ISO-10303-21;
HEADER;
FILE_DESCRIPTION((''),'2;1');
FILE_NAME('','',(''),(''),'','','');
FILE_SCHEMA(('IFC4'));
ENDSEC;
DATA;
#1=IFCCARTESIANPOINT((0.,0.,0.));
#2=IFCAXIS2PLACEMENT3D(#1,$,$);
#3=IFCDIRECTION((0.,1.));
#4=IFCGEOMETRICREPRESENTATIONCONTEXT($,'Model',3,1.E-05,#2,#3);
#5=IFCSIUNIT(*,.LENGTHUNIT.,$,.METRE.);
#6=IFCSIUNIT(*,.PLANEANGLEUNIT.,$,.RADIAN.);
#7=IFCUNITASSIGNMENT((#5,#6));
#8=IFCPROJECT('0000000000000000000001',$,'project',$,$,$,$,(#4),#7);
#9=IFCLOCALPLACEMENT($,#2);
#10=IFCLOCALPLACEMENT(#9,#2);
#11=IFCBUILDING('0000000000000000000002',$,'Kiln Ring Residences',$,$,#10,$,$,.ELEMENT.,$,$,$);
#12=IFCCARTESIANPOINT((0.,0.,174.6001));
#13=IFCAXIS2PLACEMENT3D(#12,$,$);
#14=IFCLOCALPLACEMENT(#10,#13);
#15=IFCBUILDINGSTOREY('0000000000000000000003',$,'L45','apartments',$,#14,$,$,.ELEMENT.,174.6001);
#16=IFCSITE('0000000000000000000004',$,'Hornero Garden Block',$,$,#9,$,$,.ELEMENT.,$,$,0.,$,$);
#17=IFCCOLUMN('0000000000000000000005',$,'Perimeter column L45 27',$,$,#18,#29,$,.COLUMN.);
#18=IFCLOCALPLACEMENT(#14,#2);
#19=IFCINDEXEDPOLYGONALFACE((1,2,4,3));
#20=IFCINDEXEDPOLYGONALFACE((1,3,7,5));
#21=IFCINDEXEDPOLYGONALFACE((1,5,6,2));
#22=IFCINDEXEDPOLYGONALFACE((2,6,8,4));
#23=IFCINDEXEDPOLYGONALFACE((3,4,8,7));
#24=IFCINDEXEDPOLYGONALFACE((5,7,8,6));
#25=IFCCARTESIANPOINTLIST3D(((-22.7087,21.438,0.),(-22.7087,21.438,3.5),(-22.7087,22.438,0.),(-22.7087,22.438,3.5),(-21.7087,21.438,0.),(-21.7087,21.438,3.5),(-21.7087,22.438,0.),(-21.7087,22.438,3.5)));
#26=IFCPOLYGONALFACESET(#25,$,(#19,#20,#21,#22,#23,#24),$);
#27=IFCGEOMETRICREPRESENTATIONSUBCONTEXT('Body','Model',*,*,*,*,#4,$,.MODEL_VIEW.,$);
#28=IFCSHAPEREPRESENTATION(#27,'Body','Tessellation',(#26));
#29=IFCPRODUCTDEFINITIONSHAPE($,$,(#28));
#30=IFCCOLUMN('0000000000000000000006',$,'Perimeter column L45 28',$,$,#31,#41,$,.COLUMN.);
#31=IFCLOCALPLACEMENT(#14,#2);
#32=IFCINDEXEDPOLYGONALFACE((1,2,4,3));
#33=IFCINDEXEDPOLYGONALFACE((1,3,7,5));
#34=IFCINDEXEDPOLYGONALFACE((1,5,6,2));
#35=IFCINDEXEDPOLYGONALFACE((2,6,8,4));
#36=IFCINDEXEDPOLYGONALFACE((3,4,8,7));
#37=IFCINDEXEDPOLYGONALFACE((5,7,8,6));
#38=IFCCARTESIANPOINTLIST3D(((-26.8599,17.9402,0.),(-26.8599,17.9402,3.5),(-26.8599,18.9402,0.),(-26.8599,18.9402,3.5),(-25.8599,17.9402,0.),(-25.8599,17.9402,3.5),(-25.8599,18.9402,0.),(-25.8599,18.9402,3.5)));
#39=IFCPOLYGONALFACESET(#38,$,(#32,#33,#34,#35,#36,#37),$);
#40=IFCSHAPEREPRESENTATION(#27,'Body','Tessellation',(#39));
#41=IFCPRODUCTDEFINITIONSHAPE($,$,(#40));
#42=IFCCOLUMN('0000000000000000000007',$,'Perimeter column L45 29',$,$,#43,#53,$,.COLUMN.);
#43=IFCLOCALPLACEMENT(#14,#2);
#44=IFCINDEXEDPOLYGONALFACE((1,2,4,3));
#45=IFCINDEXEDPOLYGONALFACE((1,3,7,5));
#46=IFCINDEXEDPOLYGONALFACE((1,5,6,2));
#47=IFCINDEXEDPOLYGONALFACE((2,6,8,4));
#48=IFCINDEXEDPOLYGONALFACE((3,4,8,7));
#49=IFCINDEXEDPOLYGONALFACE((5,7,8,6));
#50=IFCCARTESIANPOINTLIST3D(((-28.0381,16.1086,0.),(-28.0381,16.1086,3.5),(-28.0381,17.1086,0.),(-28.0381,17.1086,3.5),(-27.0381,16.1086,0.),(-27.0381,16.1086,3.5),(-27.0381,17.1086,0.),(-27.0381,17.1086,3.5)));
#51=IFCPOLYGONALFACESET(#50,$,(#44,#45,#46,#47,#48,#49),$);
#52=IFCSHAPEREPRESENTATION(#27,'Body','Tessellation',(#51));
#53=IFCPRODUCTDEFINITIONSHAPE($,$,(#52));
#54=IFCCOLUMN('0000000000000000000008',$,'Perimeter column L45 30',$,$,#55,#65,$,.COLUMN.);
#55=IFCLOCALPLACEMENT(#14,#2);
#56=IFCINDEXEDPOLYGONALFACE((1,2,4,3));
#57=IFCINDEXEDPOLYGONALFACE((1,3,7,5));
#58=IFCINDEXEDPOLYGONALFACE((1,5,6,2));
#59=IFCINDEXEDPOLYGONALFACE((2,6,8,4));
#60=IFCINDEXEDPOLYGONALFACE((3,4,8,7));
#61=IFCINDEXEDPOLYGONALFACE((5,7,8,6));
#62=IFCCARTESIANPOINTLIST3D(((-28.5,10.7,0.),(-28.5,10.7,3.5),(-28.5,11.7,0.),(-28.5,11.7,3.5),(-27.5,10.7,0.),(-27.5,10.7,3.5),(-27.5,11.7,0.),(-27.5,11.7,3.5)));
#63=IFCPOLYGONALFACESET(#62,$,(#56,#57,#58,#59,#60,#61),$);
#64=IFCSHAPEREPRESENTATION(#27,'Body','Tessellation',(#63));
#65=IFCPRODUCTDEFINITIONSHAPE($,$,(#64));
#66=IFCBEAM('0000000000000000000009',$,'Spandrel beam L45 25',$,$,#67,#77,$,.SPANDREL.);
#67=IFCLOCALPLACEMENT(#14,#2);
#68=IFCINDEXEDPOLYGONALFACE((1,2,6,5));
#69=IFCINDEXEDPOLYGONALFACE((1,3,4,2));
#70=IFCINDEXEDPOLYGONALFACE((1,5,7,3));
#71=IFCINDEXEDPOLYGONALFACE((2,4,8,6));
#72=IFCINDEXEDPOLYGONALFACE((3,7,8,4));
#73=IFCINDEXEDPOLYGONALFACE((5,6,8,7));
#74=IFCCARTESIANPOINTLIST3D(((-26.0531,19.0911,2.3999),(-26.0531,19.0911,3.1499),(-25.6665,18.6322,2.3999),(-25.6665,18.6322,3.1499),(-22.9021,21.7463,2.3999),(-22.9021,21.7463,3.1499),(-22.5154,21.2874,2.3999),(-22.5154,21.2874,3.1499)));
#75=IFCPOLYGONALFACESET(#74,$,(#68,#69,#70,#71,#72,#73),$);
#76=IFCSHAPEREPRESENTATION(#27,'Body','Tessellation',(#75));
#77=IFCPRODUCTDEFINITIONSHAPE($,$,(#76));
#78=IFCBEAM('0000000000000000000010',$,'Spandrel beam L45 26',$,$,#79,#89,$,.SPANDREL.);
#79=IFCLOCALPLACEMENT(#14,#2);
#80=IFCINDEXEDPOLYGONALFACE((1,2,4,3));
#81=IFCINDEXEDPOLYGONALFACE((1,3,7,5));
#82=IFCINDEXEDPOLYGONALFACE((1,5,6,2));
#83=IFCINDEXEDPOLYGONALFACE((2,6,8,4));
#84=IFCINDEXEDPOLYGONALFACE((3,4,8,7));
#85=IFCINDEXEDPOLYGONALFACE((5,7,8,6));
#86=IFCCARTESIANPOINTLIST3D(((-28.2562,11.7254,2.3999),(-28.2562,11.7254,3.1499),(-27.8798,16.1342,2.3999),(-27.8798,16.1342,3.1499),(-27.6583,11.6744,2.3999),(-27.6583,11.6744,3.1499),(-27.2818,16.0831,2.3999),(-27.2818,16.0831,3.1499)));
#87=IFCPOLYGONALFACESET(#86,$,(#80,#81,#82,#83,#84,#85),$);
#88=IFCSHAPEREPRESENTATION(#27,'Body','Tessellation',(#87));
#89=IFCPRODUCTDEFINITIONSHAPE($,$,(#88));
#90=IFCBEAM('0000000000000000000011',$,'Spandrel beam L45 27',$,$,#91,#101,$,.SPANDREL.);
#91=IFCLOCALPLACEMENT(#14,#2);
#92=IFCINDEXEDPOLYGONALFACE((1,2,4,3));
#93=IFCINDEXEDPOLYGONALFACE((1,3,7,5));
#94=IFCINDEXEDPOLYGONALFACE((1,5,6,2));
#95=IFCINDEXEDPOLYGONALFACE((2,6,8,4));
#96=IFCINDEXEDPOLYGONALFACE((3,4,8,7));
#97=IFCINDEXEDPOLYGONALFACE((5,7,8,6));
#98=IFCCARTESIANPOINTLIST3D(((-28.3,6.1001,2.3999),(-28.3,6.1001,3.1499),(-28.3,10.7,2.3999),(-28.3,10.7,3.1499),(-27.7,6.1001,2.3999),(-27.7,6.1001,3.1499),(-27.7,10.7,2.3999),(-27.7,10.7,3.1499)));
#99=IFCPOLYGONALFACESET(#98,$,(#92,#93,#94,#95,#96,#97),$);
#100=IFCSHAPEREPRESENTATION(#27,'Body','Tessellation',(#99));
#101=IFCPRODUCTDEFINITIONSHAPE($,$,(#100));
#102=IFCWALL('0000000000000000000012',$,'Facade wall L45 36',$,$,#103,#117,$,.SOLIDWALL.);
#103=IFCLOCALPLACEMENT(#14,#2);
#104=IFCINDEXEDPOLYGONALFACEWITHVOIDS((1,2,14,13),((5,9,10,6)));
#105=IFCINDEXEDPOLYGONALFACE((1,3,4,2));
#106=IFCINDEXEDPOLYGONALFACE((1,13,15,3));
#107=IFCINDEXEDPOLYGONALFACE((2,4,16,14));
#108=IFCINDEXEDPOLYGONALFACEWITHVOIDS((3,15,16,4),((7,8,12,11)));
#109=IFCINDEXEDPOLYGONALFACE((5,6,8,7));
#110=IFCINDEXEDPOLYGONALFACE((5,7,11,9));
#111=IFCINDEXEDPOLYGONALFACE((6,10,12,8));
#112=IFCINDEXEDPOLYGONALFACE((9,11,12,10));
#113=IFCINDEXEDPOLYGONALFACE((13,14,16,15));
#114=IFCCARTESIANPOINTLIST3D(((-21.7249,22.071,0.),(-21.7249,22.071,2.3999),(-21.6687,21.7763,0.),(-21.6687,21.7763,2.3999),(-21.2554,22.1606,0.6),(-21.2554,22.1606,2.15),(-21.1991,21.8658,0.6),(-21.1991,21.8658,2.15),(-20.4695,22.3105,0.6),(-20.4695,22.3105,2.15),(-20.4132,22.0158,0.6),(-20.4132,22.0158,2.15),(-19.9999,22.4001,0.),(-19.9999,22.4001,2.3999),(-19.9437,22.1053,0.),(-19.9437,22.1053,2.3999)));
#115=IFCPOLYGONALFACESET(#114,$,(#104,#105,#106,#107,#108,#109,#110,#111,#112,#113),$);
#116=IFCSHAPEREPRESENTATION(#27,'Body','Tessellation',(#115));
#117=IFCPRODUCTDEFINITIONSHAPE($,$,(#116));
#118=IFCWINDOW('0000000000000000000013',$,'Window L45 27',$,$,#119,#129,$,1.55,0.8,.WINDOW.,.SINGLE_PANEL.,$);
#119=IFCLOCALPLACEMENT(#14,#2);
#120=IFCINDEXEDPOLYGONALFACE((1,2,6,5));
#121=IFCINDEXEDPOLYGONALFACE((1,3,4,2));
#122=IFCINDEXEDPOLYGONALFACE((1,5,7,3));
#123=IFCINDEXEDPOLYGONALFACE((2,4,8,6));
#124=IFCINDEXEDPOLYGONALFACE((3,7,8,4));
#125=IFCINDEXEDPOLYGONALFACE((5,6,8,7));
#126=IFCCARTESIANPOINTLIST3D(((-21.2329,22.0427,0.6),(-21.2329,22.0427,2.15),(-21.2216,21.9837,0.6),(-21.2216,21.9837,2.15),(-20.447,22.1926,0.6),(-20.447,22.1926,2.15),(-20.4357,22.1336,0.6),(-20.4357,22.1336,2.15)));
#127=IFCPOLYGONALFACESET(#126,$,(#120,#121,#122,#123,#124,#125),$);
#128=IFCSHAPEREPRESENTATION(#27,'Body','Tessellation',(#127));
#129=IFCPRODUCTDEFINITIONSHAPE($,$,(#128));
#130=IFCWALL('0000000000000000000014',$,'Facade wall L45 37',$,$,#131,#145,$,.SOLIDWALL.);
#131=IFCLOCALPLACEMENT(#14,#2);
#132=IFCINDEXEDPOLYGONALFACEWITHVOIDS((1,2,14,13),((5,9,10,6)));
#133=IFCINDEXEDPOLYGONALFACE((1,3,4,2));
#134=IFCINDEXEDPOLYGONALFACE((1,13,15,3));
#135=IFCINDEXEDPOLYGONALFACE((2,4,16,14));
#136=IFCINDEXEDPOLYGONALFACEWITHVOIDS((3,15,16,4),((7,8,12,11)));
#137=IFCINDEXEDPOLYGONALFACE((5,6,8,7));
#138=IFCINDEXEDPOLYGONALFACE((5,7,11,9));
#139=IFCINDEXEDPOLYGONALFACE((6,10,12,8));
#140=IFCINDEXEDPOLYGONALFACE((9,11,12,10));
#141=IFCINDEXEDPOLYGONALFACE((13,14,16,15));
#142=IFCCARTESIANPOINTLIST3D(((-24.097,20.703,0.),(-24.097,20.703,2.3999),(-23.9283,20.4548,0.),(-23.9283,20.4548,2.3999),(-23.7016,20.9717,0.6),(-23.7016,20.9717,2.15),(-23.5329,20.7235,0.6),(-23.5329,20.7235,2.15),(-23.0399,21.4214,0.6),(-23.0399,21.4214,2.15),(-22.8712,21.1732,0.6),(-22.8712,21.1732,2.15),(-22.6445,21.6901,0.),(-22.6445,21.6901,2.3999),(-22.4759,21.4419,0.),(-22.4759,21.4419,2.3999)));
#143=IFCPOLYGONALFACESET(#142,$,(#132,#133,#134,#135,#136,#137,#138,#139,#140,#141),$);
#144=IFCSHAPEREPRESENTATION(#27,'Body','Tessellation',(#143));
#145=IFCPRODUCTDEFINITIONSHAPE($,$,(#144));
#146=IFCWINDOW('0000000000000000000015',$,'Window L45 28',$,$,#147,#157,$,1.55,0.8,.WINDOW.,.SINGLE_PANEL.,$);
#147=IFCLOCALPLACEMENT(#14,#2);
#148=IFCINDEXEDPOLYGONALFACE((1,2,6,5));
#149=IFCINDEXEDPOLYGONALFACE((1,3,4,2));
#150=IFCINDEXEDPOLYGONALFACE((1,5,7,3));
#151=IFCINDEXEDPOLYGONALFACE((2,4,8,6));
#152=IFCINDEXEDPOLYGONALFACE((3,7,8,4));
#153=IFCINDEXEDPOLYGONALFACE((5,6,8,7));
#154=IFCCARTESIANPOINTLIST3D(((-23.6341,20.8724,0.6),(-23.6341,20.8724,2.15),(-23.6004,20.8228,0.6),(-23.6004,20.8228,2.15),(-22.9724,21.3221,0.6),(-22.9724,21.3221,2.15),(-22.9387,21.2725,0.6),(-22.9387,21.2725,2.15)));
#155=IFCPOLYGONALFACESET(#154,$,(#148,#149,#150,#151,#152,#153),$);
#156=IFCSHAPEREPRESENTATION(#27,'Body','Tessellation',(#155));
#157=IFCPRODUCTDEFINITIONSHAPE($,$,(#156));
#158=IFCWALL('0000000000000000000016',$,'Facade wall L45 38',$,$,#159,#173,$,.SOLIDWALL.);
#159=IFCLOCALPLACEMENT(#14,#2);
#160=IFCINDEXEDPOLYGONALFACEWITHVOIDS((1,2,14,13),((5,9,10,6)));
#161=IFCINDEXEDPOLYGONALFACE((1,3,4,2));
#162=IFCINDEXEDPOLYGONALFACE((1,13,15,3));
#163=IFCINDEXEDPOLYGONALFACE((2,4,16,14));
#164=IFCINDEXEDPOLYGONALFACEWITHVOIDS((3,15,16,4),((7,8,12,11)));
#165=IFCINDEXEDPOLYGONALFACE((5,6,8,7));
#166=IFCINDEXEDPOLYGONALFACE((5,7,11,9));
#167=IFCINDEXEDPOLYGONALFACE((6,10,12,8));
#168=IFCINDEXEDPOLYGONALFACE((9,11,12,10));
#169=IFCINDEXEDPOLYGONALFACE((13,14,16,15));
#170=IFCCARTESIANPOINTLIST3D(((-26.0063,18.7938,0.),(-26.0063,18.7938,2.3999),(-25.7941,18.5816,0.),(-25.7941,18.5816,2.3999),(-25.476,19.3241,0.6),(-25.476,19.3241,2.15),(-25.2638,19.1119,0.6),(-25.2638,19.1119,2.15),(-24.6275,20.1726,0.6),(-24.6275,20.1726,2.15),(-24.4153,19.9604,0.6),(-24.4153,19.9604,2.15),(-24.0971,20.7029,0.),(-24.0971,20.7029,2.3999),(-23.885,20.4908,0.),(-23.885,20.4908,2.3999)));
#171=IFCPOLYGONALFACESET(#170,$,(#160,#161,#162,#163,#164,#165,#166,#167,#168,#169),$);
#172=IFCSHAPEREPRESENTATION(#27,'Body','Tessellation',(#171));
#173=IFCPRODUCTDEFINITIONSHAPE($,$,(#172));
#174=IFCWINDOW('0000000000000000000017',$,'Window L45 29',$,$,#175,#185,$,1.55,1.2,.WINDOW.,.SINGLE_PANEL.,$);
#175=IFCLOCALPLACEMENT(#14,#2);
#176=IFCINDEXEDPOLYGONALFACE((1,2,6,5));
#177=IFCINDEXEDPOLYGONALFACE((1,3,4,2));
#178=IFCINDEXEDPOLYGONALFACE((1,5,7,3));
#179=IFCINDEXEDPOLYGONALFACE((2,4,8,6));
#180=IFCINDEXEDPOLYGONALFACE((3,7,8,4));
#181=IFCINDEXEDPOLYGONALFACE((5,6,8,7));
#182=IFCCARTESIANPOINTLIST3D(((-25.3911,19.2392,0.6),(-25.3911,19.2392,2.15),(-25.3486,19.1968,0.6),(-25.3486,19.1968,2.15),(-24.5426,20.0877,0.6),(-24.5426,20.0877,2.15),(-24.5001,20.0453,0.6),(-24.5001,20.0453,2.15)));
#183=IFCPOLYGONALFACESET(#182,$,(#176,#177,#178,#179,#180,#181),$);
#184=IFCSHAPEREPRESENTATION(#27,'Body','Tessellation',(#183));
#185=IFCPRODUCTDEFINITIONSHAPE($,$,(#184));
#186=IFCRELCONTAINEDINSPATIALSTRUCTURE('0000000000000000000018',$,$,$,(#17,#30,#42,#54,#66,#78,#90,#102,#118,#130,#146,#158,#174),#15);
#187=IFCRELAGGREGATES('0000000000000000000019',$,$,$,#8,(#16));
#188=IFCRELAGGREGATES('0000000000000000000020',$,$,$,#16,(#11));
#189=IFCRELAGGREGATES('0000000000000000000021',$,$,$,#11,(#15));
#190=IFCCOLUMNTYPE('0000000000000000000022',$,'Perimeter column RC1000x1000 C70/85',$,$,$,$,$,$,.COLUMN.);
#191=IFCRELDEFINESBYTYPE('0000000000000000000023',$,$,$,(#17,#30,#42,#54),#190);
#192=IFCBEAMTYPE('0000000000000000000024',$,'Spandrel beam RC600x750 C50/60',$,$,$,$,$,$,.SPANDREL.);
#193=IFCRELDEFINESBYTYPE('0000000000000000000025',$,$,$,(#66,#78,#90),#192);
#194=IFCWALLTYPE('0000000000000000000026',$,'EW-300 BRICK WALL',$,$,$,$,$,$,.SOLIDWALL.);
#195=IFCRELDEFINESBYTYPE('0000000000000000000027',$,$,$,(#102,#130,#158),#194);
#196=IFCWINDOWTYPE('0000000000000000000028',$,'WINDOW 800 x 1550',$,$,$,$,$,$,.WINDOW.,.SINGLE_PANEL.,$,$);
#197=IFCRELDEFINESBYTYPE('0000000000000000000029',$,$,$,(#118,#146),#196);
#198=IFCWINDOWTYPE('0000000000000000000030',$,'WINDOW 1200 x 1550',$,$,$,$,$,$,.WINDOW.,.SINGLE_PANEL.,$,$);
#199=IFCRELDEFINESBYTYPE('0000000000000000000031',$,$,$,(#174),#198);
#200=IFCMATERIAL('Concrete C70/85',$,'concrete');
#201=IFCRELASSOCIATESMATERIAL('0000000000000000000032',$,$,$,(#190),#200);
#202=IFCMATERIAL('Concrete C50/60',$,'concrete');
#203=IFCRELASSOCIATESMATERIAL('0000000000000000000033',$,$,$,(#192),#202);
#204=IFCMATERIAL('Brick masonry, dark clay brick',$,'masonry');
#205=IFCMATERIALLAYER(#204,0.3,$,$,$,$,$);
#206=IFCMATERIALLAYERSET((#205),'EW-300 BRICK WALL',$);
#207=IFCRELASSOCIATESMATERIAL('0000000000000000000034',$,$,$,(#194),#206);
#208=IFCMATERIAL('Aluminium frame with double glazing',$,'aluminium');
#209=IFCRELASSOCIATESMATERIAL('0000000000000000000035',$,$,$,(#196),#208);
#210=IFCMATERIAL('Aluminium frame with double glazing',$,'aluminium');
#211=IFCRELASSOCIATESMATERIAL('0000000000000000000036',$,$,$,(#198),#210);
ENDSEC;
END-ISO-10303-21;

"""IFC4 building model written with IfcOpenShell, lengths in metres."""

from ifc_helpers import new_model, si_unit, direction, frame, frame_2d, origin, origin_2d, place, context, subcontext, project, spatial, rectangle, extrude, material, layer, layer_set, material_profile, profile_set, type_object, element, fill, save


model = new_model("IFC4")

# Units and contexts
model_context = context("Model", 3, precision=1e-05, world=origin(), true_north=direction((0.0, 1.0)))
body_context = subcontext(model_context, "Body", "Model", "MODEL_VIEW")
ifc_project = project(units=[si_unit("LENGTHUNIT", "METRE"), si_unit("PLANEANGLEUNIT", "RADIAN")], contexts=[model_context])

# Site, building, storey
site_placement = place(None, origin())
site = spatial("IfcSite", under=ifc_project, at=site_placement, Name="Hornero Garden Block", CompositionType="ELEMENT", RefElevation=0.0)
building_placement = place(site_placement, origin())
building = spatial("IfcBuilding", under=site, at=building_placement, Name="Kiln Ring Residences", CompositionType="ELEMENT")
storey_placement = place(building_placement, frame((0.0, 0.0, 174.6001)))
storey = spatial("IfcBuildingStorey", under=building, at=storey_placement, Name="L45", Description="apartments", CompositionType="ELEMENT", Elevation=174.6001)

# Columns
ifc_material_1 = material(Name="Concrete C70/85", Category="concrete")
ifc_material_profile_1 = material_profile(ifc_material_1, rectangle(XDim=1.0, YDim=1.0, at=origin_2d()), Name="RC1000x1000")
ifc_profile_set_1 = profile_set([ifc_material_profile_1], Name="Concrete C70/85")
column_type = type_object("IfcColumnType", Name="Perimeter column RC1000x1000 C70/85", PredefinedType="COLUMN", material=ifc_profile_set_1)
for number, where, z_axis, x_axis, name in (
    (1, (-22.2087, 21.938, 0.0), (0.0, 0.0, 1.0), (1.0, 0.0, 0.0), "Perimeter column L45 27"),
    (2, (-26.3599, 18.4402, 0.0), (0.0, 0.0, 1.0), (1.0, 0.0, 0.0), "Perimeter column L45 28"),
    (3, (-27.5381, 16.6086, 0.0), (0.0, 0.0, 1.0), (1.0, 0.0, 0.0), "Perimeter column L45 29"),
    (4, (-28.0, 11.2, 0.0), (0.0, 0.0, 1.0), (1.0, 0.0, 0.0), "Perimeter column L45 30"),
):
    element("IfcColumn", number, at=place(storey_placement, frame(where, z_axis=z_axis, x_axis=x_axis)), inside=storey, type_object=column_type, Name=name, PredefinedType="COLUMN", context=body_context, shape_type="SweptSolid", body=[
        extrude(rectangle(XDim=1.0, YDim=1.0, at=origin_2d()), origin(), (0.0, 0.0, 1.0), 3.5),
    ])

# Beams
ifc_material_2 = material(Name="Concrete C50/60", Category="concrete")
ifc_material_profile_2 = material_profile(ifc_material_2, rectangle(XDim=0.6001, YDim=0.75, at=origin_2d()), Name="RC600x750")
ifc_profile_set_2 = profile_set([ifc_material_profile_2], Name="Concrete C50/60")
beam_type = type_object("IfcBeamType", Name="Spandrel beam RC600x750 C50/60", PredefinedType="SPANDREL", material=ifc_profile_set_2)
beam_1_placement = place(storey_placement, frame((-22.7087, 21.5168, 2.7749), z_axis=(-0.764708, -0.644377, 0.0), x_axis=(0.644377, -0.764708, 0.0)))
element("IfcBeam", 5, at=beam_1_placement, inside=storey, type_object=beam_type, Name="Spandrel beam L45 25", PredefinedType="SPANDREL", context=body_context, shape_type="SweptSolid", body=[
    extrude(rectangle(XDim=0.6001, YDim=0.75, at=origin_2d()), origin(), (0.0, 0.0, 1.0), 4.1206),
])
beam_2_placement = place(storey_placement, frame((-27.5808, 16.1086, 2.7749), z_axis=(-0.085082, -0.996374, 0.0), x_axis=(0.996374, -0.085082, 0.0)))
element("IfcBeam", 6, at=beam_2_placement, inside=storey, type_object=beam_type, Name="Spandrel beam L45 26", PredefinedType="SPANDREL", context=body_context, shape_type="SweptSolid", body=[
    extrude(rectangle(XDim=0.6001, YDim=0.75, at=origin_2d()), origin(), (0.0, 0.0, 1.0), 4.4248),
])
beam_3_placement = place(storey_placement, frame((-28.0, 10.7, 2.7749), z_axis=(0.0, -1.0, 0.0), x_axis=(1.0, 0.0, 0.0)))
element("IfcBeam", 7, at=beam_3_placement, inside=storey, type_object=beam_type, Name="Spandrel beam L45 27", PredefinedType="SPANDREL", context=body_context, shape_type="SweptSolid", body=[
    extrude(rectangle(XDim=0.6001, YDim=0.75, at=origin_2d()), origin(), (0.0, 0.0, 1.0), 4.5999),
])

# Walls, openings, windows
ifc_material_3 = material(Name="Brick masonry, dark clay brick", Category="masonry")
ifc_layer_1 = layer(ifc_material_3, 0.3)
ifc_layer_set_1 = layer_set([ifc_layer_1], Name="EW-300 BRICK WALL")
wall_type_1 = type_object("IfcWallType", Name="EW-300 BRICK WALL", PredefinedType="SOLIDWALL", material=ifc_layer_set_1)
wall_1_placement = place(storey_placement, frame((-19.9719, 22.2527, 0.0), z_axis=(0.0, 0.0, 1.0), x_axis=(-0.982285, -0.187393, 0.0)))
wall_1 = element("IfcWall", 8, at=wall_1_placement, inside=storey, type_object=wall_type_1, Name="Facade wall L45 36", PredefinedType="SOLIDWALL", context=body_context, shape_type="SweptSolid", body=[
    extrude(rectangle(XDim=1.7561, YDim=0.3, at=frame_2d((0.8779, 0.0))), origin(), (0.0, 0.0, 1.0), 2.3999),
])
opening_1_placement = place(wall_1_placement, frame((0.478, 0.0, 0.6001)))
opening_1 = element("IfcOpeningElement", 9, at=opening_1_placement, cuts=wall_1, PredefinedType="OPENING", context=body_context, shape_type="SweptSolid", body=[
    extrude(rectangle(XDim=0.8, YDim=1.55, at=frame_2d((0.3999, 0.7749))), frame((0.0, 0.1599, 0.0), z_axis=(0.0, -1.0, 0.0), x_axis=(1.0, 0.0, 0.0)), (0.0, 0.0, 1.0), 0.3201),
])
ifc_material_4 = material(Name="Aluminium frame with double glazing", Category="aluminium")
window_type_1 = type_object("IfcWindowType", Name="WINDOW 800 x 1550", PartitioningType="SINGLE_PANEL", PredefinedType="WINDOW", material=ifc_material_4)
window_1_placement = place(opening_1_placement, origin())
window_1 = element("IfcWindow", 10, at=window_1_placement, inside=storey, type_object=window_type_1, Name="Window L45 27", OverallHeight=1.55, OverallWidth=0.8, PartitioningType="SINGLE_PANEL", PredefinedType="WINDOW", context=body_context, shape_type="SweptSolid", body=[
    extrude(rectangle(XDim=0.8, YDim=1.55, at=frame_2d((0.3999, 0.7749))), frame((0.0, 0.03, 0.0), z_axis=(0.0, -1.0, 0.0), x_axis=(1.0, 0.0, 0.0)), (0.0, 0.0, 1.0), 0.0601),
])
fill(opening_1, window_1)
wall_2_placement = place(storey_placement, frame((-22.5603, 21.5659, 0.0), z_axis=(0.0, 0.0, 1.0), x_axis=(-0.827076, -0.562089, 0.0)))
wall_2 = element("IfcWall", 11, at=wall_2_placement, inside=storey, type_object=wall_type_1, Name="Facade wall L45 37", PredefinedType="SOLIDWALL", context=body_context, shape_type="SweptSolid", body=[
    extrude(rectangle(XDim=1.7561, YDim=0.3, at=frame_2d((0.8779, 0.0))), origin(), (0.0, 0.0, 1.0), 2.3999),
])
opening_2_placement = place(wall_2_placement, frame((0.478, 0.0, 0.6001)))
opening_2 = element("IfcOpeningElement", 12, at=opening_2_placement, cuts=wall_2, PredefinedType="OPENING", context=body_context, shape_type="SweptSolid", body=[
    extrude(rectangle(XDim=0.8, YDim=1.55, at=frame_2d((0.3999, 0.7749))), frame((0.0, 0.1599, 0.0), z_axis=(0.0, -1.0, 0.0), x_axis=(1.0, 0.0, 0.0)), (0.0, 0.0, 1.0), 0.3201),
])
window_2_placement = place(opening_2_placement, origin())
window_2 = element("IfcWindow", 13, at=window_2_placement, inside=storey, type_object=window_type_1, Name="Window L45 28", OverallHeight=1.55, OverallWidth=0.8, PartitioningType="SINGLE_PANEL", PredefinedType="WINDOW", context=body_context, shape_type="SweptSolid", body=[
    extrude(rectangle(XDim=0.8, YDim=1.55, at=frame_2d((0.3999, 0.7749))), frame((0.0, 0.03, 0.0), z_axis=(0.0, -1.0, 0.0), x_axis=(1.0, 0.0, 0.0)), (0.0, 0.0, 1.0), 0.0601),
])
fill(opening_2, window_2)
wall_3_placement = place(storey_placement, frame((-23.991, 20.5969, 0.0), z_axis=(0.0, 0.0, 1.0), x_axis=(-0.707107, -0.707107, 0.0)))
wall_3 = element("IfcWall", 14, at=wall_3_placement, inside=storey, type_object=wall_type_1, Name="Facade wall L45 38", PredefinedType="SOLIDWALL", context=body_context, shape_type="SweptSolid", body=[
    extrude(rectangle(XDim=2.7, YDim=0.3, at=frame_2d((1.3501, 0.0))), origin(), (0.0, 0.0, 1.0), 2.3999),
])
opening_3_placement = place(wall_3_placement, frame((0.75, 0.0, 0.6001)))
opening_3 = element("IfcOpeningElement", 15, at=opening_3_placement, cuts=wall_3, PredefinedType="OPENING", context=body_context, shape_type="SweptSolid", body=[
    extrude(rectangle(XDim=1.2, YDim=1.55, at=frame_2d((0.6001, 0.7749))), frame((0.0, 0.1599, 0.0), z_axis=(0.0, -1.0, 0.0), x_axis=(1.0, 0.0, 0.0)), (0.0, 0.0, 1.0), 0.3201),
])
ifc_material_5 = material(Name="Aluminium frame with double glazing", Category="aluminium")
window_type_2 = type_object("IfcWindowType", Name="WINDOW 1200 x 1550", PartitioningType="SINGLE_PANEL", PredefinedType="WINDOW", material=ifc_material_5)
window_3_placement = place(opening_3_placement, origin())
window_3 = element("IfcWindow", 16, at=window_3_placement, inside=storey, type_object=window_type_2, Name="Window L45 29", OverallHeight=1.55, OverallWidth=1.2, PartitioningType="SINGLE_PANEL", PredefinedType="WINDOW", context=body_context, shape_type="SweptSolid", body=[
    extrude(rectangle(XDim=1.2, YDim=1.55, at=frame_2d((0.6001, 0.7749))), frame((0.0, 0.03, 0.0), z_axis=(0.0, -1.0, 0.0), x_axis=(1.0, 0.0, 0.0)), (0.0, 0.0, 1.0), 0.0601),
])
fill(opening_3, window_3)

save(model, "model.ifc")
